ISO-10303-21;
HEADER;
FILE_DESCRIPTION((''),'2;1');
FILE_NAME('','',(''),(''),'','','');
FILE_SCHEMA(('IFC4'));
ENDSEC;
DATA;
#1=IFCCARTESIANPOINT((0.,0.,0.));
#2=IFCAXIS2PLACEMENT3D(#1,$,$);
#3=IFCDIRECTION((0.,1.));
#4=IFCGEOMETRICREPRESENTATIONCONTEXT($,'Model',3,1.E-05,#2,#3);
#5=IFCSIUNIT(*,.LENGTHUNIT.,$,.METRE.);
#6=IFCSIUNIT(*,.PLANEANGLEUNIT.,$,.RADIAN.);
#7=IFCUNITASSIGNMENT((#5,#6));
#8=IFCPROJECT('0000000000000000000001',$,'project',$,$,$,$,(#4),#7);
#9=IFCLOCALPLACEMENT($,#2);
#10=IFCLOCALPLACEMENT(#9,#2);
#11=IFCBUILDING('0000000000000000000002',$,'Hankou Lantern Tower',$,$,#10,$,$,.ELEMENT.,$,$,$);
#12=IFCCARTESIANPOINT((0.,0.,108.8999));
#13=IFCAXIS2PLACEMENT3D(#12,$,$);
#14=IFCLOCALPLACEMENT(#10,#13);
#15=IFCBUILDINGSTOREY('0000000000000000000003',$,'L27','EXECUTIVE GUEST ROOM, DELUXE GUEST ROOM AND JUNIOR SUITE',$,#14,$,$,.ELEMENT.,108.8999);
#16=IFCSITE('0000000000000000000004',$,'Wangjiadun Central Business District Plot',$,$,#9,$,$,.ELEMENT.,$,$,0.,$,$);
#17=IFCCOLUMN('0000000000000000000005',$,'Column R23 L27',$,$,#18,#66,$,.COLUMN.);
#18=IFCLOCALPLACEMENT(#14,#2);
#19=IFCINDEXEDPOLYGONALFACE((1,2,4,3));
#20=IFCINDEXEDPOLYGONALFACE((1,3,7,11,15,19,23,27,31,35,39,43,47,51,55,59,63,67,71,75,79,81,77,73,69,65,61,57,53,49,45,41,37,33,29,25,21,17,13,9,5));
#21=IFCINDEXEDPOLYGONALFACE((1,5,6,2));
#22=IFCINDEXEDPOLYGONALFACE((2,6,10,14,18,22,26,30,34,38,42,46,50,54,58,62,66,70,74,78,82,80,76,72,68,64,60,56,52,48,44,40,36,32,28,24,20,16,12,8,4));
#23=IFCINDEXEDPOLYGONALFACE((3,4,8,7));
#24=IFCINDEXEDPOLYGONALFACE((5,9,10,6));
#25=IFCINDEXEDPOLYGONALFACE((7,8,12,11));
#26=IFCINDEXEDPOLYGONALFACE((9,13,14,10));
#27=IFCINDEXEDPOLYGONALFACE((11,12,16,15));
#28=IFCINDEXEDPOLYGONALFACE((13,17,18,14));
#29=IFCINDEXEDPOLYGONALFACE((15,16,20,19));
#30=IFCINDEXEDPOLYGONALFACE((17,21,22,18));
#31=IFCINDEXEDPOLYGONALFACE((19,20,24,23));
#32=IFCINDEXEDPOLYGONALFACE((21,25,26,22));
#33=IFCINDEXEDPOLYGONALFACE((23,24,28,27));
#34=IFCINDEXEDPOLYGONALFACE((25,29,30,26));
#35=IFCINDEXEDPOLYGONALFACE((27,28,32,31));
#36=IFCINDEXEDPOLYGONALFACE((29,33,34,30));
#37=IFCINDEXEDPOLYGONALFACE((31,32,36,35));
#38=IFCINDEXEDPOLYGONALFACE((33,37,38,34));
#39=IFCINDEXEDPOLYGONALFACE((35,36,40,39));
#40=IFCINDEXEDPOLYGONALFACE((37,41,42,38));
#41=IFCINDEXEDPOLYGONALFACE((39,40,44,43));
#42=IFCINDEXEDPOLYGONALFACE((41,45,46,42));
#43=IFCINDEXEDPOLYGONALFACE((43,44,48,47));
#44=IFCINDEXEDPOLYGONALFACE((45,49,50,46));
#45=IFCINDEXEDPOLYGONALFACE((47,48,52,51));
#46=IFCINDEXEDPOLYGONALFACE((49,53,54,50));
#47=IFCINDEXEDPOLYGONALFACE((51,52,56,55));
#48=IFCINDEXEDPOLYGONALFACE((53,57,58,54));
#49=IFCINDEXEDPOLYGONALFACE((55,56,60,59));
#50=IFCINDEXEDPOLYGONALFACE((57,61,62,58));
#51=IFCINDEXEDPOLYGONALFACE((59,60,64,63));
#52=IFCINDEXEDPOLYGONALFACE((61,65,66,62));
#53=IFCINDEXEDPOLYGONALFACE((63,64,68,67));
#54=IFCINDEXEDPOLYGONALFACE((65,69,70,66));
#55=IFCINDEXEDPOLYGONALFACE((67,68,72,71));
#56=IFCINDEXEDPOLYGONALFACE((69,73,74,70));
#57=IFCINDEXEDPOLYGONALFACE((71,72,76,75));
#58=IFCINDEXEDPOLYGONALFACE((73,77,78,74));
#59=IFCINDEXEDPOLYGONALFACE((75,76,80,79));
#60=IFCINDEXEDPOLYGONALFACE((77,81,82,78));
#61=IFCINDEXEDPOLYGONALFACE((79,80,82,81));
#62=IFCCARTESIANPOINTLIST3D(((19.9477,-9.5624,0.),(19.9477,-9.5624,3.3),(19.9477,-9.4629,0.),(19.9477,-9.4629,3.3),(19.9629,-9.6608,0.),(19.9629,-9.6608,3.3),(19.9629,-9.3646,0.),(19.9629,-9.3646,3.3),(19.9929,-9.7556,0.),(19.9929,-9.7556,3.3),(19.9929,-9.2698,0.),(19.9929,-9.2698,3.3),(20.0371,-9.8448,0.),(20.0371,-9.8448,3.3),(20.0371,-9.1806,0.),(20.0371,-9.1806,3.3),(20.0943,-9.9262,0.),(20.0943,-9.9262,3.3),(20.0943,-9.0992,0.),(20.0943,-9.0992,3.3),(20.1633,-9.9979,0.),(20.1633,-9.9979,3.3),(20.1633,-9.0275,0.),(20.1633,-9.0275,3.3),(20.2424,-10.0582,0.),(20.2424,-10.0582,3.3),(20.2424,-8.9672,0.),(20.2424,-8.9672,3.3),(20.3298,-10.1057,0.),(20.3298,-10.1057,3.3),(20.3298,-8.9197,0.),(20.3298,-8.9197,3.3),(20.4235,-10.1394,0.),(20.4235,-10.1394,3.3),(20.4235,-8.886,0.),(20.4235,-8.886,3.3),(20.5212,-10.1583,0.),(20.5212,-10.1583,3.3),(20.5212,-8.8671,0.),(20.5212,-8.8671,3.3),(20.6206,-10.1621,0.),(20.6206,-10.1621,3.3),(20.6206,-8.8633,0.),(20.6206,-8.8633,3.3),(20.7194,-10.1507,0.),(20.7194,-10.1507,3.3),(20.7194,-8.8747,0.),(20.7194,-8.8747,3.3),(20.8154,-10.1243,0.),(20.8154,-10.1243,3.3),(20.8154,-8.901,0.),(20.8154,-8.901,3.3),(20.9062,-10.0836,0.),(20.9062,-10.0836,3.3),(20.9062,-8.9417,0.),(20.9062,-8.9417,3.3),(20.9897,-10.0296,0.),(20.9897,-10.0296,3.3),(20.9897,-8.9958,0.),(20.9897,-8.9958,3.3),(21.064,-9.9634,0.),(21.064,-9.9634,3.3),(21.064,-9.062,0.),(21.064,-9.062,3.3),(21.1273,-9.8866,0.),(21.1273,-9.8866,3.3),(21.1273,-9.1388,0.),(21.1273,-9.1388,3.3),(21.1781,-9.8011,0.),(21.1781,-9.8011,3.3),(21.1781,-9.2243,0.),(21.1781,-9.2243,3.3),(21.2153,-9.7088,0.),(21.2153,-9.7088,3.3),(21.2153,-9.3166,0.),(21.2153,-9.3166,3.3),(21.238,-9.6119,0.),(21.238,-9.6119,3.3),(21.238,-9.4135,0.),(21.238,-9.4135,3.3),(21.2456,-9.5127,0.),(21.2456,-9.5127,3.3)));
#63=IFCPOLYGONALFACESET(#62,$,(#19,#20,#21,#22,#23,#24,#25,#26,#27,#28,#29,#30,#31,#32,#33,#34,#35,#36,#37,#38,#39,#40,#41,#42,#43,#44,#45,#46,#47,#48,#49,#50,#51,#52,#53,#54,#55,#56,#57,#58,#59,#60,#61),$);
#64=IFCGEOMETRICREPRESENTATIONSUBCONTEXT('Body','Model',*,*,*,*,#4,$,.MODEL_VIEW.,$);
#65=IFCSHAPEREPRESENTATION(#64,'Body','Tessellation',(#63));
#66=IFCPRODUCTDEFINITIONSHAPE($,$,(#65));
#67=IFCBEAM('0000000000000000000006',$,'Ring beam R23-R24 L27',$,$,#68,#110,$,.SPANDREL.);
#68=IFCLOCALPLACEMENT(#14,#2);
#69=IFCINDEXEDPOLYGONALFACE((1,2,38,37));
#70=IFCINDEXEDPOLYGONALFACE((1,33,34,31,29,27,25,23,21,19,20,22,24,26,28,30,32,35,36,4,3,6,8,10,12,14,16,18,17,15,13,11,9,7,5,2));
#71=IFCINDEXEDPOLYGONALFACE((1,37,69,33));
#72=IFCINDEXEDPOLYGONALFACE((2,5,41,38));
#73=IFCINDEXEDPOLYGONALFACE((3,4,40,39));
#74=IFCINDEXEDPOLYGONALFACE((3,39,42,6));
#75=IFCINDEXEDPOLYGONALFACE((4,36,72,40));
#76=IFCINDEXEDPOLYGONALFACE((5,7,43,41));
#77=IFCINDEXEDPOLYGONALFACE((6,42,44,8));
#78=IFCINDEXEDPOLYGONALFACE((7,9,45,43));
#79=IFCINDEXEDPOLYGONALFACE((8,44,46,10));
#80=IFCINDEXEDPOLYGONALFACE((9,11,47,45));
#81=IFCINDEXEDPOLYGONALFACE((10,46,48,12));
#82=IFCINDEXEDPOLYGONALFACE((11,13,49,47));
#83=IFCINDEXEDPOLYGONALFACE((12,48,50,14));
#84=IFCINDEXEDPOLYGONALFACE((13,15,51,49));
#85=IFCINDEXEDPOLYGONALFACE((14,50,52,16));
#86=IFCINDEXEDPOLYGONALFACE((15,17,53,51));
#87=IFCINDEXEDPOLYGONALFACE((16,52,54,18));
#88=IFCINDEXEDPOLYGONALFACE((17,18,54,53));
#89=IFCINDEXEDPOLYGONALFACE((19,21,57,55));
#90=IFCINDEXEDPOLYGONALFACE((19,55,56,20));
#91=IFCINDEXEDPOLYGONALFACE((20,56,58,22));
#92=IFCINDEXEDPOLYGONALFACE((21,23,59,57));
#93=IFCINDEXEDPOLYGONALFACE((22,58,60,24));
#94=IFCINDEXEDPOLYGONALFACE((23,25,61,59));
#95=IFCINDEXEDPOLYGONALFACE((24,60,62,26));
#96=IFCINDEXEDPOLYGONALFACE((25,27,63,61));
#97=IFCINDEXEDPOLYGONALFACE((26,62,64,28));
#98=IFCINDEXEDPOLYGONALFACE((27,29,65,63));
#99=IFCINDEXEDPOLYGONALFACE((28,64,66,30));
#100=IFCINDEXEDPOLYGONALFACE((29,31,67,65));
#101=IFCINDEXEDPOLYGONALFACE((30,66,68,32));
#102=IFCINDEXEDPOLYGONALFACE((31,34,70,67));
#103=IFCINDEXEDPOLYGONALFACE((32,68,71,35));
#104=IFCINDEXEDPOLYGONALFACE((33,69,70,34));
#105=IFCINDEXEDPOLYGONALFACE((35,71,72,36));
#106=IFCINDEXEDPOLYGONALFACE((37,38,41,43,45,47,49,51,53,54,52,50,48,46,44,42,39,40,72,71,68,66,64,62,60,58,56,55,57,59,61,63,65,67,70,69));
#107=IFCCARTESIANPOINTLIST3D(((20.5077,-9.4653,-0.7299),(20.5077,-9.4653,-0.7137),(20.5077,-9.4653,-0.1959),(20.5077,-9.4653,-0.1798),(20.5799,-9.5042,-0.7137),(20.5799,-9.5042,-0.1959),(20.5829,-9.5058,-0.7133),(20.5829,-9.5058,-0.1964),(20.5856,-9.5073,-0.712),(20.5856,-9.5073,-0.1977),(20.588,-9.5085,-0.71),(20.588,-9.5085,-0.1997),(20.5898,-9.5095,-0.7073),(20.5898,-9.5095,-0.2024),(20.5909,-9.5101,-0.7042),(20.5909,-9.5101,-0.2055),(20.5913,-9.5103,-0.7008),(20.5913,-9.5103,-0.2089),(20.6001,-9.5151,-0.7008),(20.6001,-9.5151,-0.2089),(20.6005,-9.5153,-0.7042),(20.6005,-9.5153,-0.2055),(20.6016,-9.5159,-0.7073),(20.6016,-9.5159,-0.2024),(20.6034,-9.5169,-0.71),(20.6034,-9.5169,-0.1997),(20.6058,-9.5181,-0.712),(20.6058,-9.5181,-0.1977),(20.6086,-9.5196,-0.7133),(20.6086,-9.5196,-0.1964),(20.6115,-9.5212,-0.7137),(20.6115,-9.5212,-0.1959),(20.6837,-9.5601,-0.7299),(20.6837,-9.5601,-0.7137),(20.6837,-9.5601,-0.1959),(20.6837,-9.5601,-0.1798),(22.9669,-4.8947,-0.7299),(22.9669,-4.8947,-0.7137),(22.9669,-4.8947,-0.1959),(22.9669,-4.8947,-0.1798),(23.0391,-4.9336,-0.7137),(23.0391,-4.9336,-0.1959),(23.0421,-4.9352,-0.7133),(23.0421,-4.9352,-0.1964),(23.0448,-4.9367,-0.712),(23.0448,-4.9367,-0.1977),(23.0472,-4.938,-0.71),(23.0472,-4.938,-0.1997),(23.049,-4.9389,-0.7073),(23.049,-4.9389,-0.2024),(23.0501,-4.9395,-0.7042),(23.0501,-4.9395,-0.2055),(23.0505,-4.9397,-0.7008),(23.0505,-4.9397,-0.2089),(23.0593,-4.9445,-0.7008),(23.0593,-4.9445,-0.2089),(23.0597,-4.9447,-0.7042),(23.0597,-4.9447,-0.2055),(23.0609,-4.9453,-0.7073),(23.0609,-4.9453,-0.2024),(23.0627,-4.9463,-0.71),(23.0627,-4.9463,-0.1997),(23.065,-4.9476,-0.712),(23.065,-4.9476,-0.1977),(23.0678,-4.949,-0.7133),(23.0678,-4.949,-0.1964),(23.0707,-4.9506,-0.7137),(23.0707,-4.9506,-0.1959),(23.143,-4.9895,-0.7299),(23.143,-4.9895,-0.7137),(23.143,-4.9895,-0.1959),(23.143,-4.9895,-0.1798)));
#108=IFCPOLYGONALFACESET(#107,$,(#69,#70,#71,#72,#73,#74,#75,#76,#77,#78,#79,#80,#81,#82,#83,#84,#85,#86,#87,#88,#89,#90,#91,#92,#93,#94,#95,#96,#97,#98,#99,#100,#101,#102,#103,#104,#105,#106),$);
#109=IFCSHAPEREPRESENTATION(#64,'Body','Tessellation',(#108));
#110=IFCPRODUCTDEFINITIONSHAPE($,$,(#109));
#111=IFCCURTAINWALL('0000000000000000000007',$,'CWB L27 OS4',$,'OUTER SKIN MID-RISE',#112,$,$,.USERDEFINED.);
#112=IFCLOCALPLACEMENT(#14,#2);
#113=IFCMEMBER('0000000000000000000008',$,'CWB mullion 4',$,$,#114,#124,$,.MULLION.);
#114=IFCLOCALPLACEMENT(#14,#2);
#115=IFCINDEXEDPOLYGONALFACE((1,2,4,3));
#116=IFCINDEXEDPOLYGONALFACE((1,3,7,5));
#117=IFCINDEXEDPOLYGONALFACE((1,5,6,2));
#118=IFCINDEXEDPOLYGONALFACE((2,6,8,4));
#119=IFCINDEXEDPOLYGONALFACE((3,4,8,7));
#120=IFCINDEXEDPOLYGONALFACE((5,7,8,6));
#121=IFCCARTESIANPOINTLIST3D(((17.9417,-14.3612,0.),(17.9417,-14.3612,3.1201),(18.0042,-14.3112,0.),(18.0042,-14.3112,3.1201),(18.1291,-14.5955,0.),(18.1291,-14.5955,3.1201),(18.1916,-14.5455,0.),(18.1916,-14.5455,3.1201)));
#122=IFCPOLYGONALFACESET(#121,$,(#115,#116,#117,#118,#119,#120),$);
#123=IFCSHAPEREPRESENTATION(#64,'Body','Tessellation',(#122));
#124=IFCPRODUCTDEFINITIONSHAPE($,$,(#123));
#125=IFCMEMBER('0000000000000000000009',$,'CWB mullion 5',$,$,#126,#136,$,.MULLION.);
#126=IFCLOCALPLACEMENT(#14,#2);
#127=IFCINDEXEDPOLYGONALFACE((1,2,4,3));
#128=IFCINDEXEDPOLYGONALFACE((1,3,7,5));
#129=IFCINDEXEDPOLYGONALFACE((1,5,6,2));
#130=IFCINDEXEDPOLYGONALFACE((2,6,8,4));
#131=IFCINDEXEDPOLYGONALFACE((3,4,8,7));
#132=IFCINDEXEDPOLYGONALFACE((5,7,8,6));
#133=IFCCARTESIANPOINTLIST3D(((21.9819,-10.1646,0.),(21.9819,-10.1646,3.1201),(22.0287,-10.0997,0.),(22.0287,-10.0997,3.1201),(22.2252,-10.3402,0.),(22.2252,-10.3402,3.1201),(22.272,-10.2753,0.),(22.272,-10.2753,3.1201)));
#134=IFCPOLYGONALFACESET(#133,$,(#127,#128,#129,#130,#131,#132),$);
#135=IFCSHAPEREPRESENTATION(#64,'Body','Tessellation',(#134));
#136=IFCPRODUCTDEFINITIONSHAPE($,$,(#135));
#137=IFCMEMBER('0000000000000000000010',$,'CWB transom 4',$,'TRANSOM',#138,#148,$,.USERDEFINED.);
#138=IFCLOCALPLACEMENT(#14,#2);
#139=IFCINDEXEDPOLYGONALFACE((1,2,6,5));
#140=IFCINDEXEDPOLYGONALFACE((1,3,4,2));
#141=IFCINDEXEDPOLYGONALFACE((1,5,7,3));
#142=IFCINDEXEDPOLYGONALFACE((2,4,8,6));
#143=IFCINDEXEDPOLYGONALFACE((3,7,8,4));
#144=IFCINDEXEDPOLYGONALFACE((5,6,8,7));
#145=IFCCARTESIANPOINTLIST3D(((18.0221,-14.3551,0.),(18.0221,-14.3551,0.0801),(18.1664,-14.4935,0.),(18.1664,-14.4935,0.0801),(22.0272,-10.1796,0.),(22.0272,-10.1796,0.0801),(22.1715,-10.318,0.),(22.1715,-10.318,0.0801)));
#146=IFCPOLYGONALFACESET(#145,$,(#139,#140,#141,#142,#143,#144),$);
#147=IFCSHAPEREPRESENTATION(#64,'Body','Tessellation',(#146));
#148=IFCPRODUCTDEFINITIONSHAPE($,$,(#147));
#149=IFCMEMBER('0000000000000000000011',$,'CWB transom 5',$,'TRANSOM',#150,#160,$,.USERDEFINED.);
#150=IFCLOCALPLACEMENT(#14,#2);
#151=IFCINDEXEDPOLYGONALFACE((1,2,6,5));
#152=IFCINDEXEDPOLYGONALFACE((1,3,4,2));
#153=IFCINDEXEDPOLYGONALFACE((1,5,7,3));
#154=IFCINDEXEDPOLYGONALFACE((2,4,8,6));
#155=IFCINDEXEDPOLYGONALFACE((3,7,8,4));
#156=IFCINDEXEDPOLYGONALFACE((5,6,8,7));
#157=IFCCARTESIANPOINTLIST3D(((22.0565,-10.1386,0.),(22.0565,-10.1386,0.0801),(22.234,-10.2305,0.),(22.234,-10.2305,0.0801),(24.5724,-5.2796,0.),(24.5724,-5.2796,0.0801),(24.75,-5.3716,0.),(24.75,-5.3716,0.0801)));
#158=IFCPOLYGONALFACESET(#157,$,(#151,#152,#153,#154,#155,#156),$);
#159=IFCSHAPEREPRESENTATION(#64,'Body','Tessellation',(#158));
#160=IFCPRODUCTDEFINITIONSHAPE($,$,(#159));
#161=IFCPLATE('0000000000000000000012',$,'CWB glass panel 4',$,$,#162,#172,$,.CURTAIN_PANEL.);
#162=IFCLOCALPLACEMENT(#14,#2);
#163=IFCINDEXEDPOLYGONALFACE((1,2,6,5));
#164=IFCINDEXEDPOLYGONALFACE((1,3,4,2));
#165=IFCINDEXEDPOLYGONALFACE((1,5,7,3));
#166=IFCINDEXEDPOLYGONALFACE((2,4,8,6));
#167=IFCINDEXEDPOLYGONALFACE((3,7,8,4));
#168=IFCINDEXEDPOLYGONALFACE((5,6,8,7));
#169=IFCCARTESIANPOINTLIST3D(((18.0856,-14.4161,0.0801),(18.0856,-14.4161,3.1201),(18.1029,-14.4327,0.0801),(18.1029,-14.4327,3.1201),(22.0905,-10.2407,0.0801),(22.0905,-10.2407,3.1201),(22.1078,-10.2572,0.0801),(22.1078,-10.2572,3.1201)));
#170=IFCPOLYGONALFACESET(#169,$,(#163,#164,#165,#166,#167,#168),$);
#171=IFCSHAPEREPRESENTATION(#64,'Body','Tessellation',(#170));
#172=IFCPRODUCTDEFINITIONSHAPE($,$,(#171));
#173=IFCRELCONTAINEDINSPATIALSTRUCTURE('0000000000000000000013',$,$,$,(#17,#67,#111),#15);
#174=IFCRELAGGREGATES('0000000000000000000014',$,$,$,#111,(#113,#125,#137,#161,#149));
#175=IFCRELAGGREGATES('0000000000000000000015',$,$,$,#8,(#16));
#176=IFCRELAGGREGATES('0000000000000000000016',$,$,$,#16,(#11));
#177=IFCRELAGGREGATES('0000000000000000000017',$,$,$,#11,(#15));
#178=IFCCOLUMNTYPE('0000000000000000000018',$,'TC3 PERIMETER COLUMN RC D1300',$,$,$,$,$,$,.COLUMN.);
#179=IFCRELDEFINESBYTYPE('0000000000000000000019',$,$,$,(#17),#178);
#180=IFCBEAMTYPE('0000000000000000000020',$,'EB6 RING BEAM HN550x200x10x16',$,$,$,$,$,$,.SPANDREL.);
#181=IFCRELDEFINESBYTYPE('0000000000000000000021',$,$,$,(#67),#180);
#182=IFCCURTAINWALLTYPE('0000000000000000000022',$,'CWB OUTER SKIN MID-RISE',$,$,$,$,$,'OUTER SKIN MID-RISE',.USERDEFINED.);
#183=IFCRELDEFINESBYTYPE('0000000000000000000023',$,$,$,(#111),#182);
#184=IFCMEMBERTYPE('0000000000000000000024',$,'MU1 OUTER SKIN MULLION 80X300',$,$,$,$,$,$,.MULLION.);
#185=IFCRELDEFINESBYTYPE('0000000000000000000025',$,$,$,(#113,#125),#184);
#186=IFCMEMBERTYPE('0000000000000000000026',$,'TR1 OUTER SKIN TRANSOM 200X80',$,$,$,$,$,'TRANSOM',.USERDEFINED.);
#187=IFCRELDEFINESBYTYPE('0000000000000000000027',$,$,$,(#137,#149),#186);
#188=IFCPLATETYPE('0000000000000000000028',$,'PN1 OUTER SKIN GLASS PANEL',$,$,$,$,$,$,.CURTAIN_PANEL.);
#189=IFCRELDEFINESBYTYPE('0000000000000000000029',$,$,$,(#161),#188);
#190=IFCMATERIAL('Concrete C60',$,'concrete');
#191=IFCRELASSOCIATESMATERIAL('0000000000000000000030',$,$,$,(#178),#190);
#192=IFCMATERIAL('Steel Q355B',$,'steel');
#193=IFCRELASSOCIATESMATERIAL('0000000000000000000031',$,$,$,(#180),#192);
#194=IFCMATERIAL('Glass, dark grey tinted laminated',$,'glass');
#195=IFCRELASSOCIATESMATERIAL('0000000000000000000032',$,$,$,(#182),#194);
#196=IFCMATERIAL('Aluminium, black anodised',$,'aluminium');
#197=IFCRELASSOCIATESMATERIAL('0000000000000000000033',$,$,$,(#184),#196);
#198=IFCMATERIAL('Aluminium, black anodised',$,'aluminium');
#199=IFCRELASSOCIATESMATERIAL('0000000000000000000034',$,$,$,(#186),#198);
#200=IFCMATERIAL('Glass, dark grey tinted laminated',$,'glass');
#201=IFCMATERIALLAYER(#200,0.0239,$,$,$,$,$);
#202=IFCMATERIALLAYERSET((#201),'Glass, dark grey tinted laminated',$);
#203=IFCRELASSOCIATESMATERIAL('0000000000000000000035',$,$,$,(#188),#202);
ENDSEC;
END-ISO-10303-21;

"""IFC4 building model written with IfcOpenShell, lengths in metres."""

from ifc_helpers import new_model, si_unit, direction, frame, origin, origin_2d, place, context, subcontext, project, spatial, rectangle, circle, i_section, extrude, material, layer, layer_set, material_profile, profile_set, type_object, element, aggregate, save


model = new_model("IFC4")

# Units and contexts
model_context = context("Model", 3, precision=1e-05, world=origin(), true_north=direction((0.0, 1.0)))
body_context = subcontext(model_context, "Body", "Model", "MODEL_VIEW")
ifc_project = project(units=[si_unit("LENGTHUNIT", "METRE"), si_unit("PLANEANGLEUNIT", "RADIAN")], contexts=[model_context])

# Site, building, storey
site_placement = place(None, origin())
site = spatial("IfcSite", under=ifc_project, at=site_placement, Name="Wangjiadun Central Business District Plot", CompositionType="ELEMENT", RefElevation=0.0)
building_placement = place(site_placement, origin())
building = spatial("IfcBuilding", under=site, at=building_placement, Name="Hankou Lantern Tower", CompositionType="ELEMENT")
storey_placement = place(building_placement, frame((0.0, 0.0, 108.8999)))
storey = spatial("IfcBuildingStorey", under=building, at=storey_placement, Name="L27", Description="EXECUTIVE GUEST ROOM, DELUXE GUEST ROOM AND JUNIOR SUITE", CompositionType="ELEMENT", Elevation=108.8999)

# Column
ifc_material_1 = material(Name="Concrete C60", Category="concrete")
ifc_material_profile_1 = material_profile(ifc_material_1, circle(Radius=0.6499, at=origin_2d()), Name="RC D1300")
ifc_profile_set_1 = profile_set([ifc_material_profile_1], Name="Concrete C60")
column_type = type_object("IfcColumnType", Name="TC3 PERIMETER COLUMN RC D1300", PredefinedType="COLUMN", material=ifc_profile_set_1)
column_placement = place(storey_placement, frame((20.5957, -9.5127, 0.0), z_axis=(0.0, 0.0, 1.0), x_axis=(1.0, 0.0, 0.0)))
element("IfcColumn", 1, at=column_placement, inside=storey, type_object=column_type, Name="Column R23 L27", PredefinedType="COLUMN", context=body_context, shape_type="SweptSolid", body=[
    extrude(circle(Radius=0.6499, at=origin_2d()), origin(), (0.0, 0.0, 1.0), 3.3),
])

# Beam
ifc_material_2 = material(Name="Steel Q355B", Category="steel")
ifc_material_profile_2 = material_profile(ifc_material_2, i_section(OverallWidth=0.2, OverallDepth=0.55, WebThickness=0.01, FlangeThickness=0.0161, FilletRadius=0.0129, at=origin_2d()), Name="HN550x200x10x16")
ifc_profile_set_2 = profile_set([ifc_material_profile_2], Name="Steel Q355B")
beam_type = type_object("IfcBeamType", Name="EB6 RING BEAM HN550x200x10x16", PredefinedType="SPANDREL", material=ifc_profile_set_2)
beam_placement = place(storey_placement, frame((20.5957, -9.5127, -0.4548), z_axis=(0.473825, 0.880619, 0.0), x_axis=(-0.880619, 0.473825, 0.0)))
element("IfcBeam", 2, at=beam_placement, inside=storey, type_object=beam_type, Name="Ring beam R23-R24 L27", PredefinedType="SPANDREL", context=body_context, shape_type="SweptSolid", body=[
    extrude(i_section(OverallWidth=0.2, OverallDepth=0.55, WebThickness=0.01, FlangeThickness=0.0161, FilletRadius=0.0129, at=origin_2d()), origin(), (0.0, 0.0, 1.0), 5.1902),
])

# Curtain wall, members, plate
ifc_material_3 = material(Name="Glass, dark grey tinted laminated", Category="glass")
curtain_wall_type = type_object("IfcCurtainWallType", Name="CWB OUTER SKIN MID-RISE", ElementType="OUTER SKIN MID-RISE", PredefinedType="USERDEFINED", material=ifc_material_3)
curtain_wall_placement = place(storey_placement, origin())
curtain_wall = element("IfcCurtainWall", 3, at=curtain_wall_placement, inside=storey, type_object=curtain_wall_type, Name="CWB L27 OS4", ObjectType="OUTER SKIN MID-RISE", PredefinedType="USERDEFINED")
ifc_material_4 = material(Name="Aluminium, black anodised", Category="aluminium")
ifc_material_profile_3 = material_profile(ifc_material_4, rectangle(XDim=0.0801, YDim=0.3, at=origin_2d()), Name="MU1 80X300")
ifc_profile_set_3 = profile_set([ifc_material_profile_3], Name="Aluminium, black anodised")
member_type_1 = type_object("IfcMemberType", Name="MU1 OUTER SKIN MULLION 80X300", PredefinedType="MULLION", material=ifc_profile_set_3)
member_1_placement = place(storey_placement, frame((18.0667, -14.4534, 0.0), z_axis=(0.0, 0.0, 1.0), x_axis=(0.780869, 0.624695, 0.0)))
member_1 = element("IfcMember", 4, at=member_1_placement, type_object=member_type_1, Name="CWB mullion 4", PredefinedType="MULLION", context=body_context, shape_type="SweptSolid", body=[
    extrude(rectangle(XDim=0.0801, YDim=0.3, at=origin_2d()), origin(), (0.0, 0.0, 1.0), 3.1201),
])
member_2_placement = place(storey_placement, frame((22.127, -10.22, 0.0), z_axis=(0.0, 0.0, 1.0), x_axis=(0.585206, 0.810885, 0.0)))
member_2 = element("IfcMember", 5, at=member_2_placement, type_object=member_type_1, Name="CWB mullion 5", PredefinedType="MULLION", context=body_context, shape_type="SweptSolid", body=[
    extrude(rectangle(XDim=0.0801, YDim=0.3, at=origin_2d()), origin(), (0.0, 0.0, 1.0), 3.1201),
])
ifc_material_5 = material(Name="Aluminium, black anodised", Category="aluminium")
ifc_material_profile_4 = material_profile(ifc_material_5, rectangle(XDim=0.2, YDim=0.0801, at=origin_2d()), Name="TR1 200X80")
ifc_profile_set_4 = profile_set([ifc_material_profile_4], Name="Aluminium, black anodised")
member_type_2 = type_object("IfcMemberType", Name="TR1 OUTER SKIN TRANSOM 200X80", ElementType="TRANSOM", PredefinedType="USERDEFINED", material=ifc_profile_set_4)
member_3_placement = place(storey_placement, frame((18.0942, -14.4243, 0.04), z_axis=(0.692227, 0.72168, 0.0), x_axis=(-0.72168, 0.692227, 0.0)))
member_3 = element("IfcMember", 6, at=member_3_placement, type_object=member_type_2, Name="CWB transom 4", ObjectType="TRANSOM", PredefinedType="USERDEFINED", context=body_context, shape_type="SweptSolid", body=[
    extrude(rectangle(XDim=0.2, YDim=0.0801, at=origin_2d()), origin(), (0.0, 0.0, 1.0), 5.7859),
])
member_4_placement = place(storey_placement, frame((22.1453, -10.1846, 0.04), z_axis=(0.459805, 0.88802, 0.0), x_axis=(-0.88802, 0.459805, 0.0)))
member_4 = element("IfcMember", 7, at=member_4_placement, type_object=member_type_2, Name="CWB transom 5", ObjectType="TRANSOM", PredefinedType="USERDEFINED", context=body_context, shape_type="SweptSolid", body=[
    extrude(rectangle(XDim=0.2, YDim=0.0801, at=origin_2d()), origin(), (0.0, 0.0, 1.0), 5.4717),
])
ifc_material_6 = material(Name="Glass, dark grey tinted laminated", Category="glass")
ifc_layer_1 = layer(ifc_material_6, 0.0239)
ifc_layer_set_1 = layer_set([ifc_layer_1], Name="Glass, dark grey tinted laminated")
plate_type = type_object("IfcPlateType", Name="PN1 OUTER SKIN GLASS PANEL", PredefinedType="CURTAIN_PANEL", material=ifc_layer_set_1)
plate_placement = place(storey_placement, frame((20.0967, -12.3367, 0.0801), z_axis=(0.0, 0.0, 1.0), x_axis=(0.692216, 0.721691, 0.0)))
plate = element("IfcPlate", 8, at=plate_placement, type_object=plate_type, Name="CWB glass panel 4", PredefinedType="CURTAIN_PANEL", context=body_context, shape_type="SweptSolid", body=[
    extrude(rectangle(XDim=5.7856, YDim=0.0239, at=origin_2d()), origin(), (0.0, 0.0, 1.0), 3.04),
])
aggregate(curtain_wall, [member_1, member_2, member_3, plate, member_4])

save(model, "model.ifc")
